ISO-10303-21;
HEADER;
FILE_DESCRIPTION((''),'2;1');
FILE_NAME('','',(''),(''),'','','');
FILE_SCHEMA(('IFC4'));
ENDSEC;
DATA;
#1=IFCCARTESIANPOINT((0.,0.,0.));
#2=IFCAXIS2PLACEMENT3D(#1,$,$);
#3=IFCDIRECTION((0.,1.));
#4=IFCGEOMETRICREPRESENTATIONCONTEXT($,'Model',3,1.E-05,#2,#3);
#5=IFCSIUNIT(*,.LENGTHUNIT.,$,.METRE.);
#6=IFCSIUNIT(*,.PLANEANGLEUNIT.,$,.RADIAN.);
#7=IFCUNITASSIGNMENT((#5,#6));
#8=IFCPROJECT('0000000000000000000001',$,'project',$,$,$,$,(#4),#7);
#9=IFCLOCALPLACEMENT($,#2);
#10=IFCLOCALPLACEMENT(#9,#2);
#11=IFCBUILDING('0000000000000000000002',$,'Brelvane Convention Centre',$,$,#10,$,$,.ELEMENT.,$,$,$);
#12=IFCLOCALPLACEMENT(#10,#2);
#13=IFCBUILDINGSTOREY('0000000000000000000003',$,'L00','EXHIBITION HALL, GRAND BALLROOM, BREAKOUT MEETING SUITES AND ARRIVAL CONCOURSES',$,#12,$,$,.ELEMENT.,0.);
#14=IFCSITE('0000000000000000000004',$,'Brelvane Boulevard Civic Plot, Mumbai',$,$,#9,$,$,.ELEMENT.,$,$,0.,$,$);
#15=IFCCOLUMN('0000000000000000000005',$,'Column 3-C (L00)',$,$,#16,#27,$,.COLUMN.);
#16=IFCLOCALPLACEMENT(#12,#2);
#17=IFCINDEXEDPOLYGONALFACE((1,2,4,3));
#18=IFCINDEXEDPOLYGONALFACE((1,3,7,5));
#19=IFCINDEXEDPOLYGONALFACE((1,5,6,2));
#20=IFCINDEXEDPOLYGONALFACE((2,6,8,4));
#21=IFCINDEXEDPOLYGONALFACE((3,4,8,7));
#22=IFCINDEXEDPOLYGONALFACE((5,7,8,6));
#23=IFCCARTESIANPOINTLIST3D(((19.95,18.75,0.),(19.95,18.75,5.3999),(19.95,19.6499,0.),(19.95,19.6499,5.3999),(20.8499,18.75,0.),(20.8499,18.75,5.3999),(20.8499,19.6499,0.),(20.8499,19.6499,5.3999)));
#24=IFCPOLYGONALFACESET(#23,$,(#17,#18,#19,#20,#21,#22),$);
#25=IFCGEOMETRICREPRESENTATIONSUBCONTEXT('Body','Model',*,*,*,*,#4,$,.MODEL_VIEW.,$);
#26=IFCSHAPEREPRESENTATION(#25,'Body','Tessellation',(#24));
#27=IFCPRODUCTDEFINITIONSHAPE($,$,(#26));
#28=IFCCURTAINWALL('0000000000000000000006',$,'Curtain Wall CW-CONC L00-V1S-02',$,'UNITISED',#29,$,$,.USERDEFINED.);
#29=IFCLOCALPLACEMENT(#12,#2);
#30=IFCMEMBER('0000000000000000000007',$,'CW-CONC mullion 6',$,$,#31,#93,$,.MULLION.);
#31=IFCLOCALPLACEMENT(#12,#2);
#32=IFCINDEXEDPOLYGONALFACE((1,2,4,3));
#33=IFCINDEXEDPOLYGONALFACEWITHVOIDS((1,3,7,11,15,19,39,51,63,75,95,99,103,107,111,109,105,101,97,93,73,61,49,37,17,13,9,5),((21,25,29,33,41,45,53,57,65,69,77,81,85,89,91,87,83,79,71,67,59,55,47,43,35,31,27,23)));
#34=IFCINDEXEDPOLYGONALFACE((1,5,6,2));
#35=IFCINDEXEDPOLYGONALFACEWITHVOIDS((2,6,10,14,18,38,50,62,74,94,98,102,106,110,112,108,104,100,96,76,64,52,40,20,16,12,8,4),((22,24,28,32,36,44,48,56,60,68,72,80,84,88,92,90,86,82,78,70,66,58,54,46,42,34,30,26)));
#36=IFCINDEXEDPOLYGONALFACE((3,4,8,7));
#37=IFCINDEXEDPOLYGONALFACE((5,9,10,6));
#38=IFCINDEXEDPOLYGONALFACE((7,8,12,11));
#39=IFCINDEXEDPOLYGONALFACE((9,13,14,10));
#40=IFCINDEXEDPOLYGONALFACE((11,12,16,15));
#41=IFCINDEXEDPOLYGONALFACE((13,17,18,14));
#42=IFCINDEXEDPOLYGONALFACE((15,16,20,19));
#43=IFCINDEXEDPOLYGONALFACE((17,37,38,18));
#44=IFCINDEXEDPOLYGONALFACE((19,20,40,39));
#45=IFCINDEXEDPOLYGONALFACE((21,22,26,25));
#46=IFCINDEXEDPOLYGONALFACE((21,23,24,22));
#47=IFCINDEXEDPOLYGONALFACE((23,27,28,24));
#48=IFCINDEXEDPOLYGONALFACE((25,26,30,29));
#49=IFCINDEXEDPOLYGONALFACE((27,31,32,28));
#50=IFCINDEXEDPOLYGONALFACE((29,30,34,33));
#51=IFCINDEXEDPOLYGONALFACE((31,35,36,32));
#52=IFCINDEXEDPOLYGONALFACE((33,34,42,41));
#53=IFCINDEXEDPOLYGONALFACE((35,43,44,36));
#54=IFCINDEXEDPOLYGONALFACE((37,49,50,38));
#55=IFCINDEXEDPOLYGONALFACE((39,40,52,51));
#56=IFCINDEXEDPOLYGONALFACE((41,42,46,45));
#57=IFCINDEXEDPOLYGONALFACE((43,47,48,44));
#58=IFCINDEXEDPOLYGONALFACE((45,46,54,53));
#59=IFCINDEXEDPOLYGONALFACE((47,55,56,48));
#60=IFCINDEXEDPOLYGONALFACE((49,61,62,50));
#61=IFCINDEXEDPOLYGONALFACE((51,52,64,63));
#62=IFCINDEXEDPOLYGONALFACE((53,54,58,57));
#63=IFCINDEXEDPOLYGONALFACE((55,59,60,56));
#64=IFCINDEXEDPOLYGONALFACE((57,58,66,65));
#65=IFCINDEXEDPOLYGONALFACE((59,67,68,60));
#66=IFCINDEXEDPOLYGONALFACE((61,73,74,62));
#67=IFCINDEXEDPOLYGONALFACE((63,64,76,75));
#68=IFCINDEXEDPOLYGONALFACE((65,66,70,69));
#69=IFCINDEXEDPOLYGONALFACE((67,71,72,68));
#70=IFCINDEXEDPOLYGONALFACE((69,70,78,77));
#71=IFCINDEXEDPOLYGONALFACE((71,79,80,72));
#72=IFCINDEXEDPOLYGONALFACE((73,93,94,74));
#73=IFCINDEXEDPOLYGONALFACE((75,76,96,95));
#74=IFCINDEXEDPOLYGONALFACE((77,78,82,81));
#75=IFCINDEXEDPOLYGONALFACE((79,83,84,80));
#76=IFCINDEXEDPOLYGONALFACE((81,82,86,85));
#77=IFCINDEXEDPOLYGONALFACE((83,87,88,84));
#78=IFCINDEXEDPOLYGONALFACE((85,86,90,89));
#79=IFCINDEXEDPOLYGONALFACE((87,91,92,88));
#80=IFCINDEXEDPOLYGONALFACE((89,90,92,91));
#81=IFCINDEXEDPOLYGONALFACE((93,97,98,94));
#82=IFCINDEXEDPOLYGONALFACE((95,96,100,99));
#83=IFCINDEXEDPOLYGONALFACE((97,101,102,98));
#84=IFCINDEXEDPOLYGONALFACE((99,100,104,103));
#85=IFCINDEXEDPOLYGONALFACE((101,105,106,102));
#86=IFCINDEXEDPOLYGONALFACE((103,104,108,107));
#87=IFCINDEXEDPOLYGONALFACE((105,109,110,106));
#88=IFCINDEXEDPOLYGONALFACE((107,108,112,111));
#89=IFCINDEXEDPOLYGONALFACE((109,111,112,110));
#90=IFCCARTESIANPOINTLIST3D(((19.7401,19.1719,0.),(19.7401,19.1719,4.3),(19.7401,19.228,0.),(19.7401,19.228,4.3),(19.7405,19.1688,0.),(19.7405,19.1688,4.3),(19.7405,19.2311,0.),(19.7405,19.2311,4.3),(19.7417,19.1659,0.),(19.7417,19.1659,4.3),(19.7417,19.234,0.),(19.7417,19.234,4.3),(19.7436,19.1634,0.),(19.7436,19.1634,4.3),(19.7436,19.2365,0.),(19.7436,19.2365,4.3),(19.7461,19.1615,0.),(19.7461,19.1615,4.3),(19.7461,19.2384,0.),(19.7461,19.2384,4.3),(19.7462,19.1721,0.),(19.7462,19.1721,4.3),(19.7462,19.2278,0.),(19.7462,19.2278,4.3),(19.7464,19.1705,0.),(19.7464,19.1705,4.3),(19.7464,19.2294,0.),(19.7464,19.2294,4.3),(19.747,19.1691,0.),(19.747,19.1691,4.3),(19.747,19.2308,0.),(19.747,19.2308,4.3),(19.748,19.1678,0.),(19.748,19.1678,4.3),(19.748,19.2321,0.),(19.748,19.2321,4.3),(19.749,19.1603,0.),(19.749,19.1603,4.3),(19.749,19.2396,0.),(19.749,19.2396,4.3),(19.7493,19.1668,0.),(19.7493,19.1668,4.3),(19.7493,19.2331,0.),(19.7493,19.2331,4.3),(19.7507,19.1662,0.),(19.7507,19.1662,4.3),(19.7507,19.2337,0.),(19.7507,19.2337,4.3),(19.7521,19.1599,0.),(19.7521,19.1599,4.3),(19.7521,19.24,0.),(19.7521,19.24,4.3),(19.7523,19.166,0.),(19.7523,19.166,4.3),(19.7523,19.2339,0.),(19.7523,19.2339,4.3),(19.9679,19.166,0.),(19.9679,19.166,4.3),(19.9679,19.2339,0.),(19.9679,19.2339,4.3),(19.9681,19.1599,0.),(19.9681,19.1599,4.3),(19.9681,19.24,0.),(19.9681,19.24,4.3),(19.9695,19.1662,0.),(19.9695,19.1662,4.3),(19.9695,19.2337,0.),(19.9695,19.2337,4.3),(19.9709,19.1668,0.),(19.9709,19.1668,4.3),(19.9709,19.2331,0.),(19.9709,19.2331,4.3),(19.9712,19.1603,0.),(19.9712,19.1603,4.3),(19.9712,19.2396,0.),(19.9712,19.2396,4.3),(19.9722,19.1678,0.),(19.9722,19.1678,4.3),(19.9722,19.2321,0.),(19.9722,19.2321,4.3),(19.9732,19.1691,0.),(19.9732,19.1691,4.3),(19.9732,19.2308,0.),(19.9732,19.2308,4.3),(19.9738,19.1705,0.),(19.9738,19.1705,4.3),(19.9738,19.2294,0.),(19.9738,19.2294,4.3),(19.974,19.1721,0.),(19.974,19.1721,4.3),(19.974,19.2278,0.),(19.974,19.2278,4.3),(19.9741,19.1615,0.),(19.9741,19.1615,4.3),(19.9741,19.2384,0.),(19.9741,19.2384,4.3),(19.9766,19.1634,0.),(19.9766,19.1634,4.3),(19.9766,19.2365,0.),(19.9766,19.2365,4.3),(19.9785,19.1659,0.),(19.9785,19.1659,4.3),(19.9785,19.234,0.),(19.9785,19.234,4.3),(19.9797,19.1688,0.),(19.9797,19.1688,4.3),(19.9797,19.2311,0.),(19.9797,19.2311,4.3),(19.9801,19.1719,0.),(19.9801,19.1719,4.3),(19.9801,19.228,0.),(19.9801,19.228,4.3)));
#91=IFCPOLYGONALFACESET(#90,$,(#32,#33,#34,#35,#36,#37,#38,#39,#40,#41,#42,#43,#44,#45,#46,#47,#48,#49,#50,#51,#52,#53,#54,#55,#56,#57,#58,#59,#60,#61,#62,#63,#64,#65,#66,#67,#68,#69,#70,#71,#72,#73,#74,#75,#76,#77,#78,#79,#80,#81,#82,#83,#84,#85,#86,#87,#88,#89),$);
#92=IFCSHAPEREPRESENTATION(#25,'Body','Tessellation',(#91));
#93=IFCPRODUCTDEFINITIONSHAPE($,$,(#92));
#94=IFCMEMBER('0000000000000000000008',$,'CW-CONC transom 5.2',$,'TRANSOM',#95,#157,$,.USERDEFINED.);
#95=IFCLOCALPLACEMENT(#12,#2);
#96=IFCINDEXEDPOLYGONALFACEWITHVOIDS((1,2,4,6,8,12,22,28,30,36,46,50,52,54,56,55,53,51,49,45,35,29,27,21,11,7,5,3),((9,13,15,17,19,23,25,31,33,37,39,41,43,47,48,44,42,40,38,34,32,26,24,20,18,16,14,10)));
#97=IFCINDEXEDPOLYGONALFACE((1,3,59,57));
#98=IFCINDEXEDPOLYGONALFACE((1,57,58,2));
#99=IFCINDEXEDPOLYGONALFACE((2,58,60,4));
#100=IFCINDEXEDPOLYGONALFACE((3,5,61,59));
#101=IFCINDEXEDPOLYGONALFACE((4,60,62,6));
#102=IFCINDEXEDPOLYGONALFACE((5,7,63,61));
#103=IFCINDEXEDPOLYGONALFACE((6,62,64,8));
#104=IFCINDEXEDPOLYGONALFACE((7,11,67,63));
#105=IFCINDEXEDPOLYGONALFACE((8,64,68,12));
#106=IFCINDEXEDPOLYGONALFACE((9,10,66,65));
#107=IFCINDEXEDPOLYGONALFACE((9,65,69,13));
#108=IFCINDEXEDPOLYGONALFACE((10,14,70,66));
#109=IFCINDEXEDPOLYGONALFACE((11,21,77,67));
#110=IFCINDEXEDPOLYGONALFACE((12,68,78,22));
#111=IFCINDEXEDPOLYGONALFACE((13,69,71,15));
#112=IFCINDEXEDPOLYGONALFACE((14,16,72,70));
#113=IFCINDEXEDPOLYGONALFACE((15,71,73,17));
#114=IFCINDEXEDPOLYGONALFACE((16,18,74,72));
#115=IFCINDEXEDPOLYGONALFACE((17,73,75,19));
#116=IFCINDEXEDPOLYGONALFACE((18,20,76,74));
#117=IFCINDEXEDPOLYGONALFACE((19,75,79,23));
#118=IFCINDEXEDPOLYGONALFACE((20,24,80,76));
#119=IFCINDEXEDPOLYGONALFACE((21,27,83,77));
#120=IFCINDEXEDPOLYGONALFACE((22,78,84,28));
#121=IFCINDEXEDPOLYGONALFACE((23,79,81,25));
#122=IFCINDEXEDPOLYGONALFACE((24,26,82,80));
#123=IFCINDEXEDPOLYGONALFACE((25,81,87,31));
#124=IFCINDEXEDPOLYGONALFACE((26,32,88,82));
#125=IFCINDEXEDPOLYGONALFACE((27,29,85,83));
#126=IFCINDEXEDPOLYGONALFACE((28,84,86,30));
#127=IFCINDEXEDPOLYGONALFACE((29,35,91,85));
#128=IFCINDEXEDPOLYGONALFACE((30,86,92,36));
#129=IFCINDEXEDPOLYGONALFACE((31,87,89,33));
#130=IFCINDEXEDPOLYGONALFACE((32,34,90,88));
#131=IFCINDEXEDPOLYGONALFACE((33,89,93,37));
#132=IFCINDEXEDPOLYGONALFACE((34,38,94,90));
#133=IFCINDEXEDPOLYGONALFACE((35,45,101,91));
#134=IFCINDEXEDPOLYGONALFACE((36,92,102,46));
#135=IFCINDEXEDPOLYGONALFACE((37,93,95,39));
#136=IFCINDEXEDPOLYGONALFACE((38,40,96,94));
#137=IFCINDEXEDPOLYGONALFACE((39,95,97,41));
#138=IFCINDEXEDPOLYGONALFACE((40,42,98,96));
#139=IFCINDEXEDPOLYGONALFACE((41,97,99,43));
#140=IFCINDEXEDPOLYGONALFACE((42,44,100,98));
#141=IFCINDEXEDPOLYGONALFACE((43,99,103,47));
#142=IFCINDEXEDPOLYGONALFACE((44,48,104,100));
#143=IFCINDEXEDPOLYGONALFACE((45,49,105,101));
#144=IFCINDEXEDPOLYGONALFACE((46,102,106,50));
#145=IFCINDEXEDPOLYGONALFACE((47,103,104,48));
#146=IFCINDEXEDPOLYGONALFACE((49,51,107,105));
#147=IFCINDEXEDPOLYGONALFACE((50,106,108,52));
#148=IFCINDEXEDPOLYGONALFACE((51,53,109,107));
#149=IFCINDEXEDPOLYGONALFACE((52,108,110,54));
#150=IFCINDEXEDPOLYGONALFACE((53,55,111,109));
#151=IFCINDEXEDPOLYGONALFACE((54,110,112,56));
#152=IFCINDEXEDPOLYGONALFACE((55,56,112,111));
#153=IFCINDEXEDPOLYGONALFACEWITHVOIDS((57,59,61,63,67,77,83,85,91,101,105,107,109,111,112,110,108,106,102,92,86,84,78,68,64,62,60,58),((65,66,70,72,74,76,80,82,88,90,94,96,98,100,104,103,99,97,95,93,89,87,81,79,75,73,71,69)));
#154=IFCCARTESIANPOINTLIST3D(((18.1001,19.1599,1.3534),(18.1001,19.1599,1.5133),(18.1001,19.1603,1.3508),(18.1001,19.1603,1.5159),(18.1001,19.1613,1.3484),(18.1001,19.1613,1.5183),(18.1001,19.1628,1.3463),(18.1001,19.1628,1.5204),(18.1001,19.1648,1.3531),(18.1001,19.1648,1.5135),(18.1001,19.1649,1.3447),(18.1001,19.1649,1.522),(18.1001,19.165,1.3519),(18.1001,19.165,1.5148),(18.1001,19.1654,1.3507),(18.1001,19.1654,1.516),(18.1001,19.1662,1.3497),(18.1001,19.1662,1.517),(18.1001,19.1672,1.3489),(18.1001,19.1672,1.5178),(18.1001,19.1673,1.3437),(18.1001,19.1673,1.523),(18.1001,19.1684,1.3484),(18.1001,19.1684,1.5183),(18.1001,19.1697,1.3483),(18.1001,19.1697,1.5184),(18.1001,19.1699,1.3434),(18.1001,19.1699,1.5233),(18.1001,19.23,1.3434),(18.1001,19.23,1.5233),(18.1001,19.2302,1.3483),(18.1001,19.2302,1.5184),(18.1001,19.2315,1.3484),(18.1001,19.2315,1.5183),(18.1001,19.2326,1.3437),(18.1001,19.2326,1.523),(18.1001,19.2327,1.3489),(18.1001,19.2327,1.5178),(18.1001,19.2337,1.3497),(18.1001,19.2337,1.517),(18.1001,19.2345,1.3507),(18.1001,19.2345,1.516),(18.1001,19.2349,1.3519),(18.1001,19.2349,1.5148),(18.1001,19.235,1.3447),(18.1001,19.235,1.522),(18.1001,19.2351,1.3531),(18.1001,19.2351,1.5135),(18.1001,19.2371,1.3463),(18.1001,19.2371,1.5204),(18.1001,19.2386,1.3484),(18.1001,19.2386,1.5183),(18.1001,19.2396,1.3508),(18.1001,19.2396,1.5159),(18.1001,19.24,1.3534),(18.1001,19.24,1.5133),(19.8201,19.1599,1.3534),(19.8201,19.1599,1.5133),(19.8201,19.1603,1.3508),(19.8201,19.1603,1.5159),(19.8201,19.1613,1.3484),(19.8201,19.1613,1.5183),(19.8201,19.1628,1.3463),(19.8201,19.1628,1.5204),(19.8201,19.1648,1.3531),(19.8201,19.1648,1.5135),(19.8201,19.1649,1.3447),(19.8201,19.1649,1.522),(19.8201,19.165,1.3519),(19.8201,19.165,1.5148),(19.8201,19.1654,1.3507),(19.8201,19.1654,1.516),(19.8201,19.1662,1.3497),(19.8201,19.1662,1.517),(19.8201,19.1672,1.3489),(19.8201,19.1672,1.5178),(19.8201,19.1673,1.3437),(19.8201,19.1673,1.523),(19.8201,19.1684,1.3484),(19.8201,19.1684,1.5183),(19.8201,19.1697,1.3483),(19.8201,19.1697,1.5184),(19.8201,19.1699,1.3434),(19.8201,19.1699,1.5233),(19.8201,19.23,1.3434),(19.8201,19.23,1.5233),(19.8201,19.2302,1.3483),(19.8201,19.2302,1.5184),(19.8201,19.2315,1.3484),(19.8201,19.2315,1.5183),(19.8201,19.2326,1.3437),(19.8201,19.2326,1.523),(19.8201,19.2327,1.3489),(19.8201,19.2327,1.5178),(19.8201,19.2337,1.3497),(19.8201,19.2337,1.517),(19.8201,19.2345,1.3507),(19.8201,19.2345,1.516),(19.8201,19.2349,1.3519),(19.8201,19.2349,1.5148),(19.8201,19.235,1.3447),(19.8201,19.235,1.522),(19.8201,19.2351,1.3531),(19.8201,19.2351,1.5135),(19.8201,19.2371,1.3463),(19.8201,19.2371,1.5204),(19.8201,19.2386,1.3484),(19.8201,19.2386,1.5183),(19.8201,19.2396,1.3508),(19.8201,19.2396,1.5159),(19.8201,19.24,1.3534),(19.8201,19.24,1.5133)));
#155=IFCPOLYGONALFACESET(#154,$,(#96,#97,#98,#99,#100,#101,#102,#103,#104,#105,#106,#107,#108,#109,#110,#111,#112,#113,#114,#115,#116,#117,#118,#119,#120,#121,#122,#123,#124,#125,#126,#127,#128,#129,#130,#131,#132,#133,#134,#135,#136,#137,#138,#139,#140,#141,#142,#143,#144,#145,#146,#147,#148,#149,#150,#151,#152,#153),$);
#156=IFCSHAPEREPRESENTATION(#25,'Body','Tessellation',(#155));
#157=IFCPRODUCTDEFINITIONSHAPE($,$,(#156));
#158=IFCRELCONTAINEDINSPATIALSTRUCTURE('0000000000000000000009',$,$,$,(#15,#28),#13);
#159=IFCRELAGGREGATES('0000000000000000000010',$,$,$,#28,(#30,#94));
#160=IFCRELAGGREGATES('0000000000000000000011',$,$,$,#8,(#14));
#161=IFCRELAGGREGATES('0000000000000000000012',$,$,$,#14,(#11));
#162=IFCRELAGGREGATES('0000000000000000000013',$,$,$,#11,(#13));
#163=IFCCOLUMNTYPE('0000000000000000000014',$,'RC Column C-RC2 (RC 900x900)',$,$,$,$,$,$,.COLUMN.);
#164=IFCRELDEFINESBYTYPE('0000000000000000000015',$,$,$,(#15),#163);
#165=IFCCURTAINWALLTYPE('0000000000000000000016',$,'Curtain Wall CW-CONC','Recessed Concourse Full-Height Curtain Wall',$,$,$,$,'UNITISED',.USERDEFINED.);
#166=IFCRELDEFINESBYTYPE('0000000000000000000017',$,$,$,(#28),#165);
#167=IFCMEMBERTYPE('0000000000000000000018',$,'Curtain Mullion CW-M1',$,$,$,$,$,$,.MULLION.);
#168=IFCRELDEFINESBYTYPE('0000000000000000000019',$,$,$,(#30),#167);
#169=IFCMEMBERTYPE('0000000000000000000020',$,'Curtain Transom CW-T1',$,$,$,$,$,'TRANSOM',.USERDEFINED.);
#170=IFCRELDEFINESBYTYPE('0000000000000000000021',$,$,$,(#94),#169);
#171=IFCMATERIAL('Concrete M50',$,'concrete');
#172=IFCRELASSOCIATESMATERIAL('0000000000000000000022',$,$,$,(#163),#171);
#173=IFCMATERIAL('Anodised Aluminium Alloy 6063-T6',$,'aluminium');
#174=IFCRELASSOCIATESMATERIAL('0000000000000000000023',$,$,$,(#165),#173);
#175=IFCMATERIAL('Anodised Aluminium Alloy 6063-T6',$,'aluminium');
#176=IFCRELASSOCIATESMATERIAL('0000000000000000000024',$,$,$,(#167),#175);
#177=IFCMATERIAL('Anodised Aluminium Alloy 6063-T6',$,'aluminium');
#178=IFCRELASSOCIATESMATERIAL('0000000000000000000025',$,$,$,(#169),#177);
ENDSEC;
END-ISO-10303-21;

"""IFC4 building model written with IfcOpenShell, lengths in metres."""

from ifc_helpers import new_model, si_unit, direction, frame, origin, origin_2d, place, context, subcontext, project, spatial, rectangle, hollow_rectangle, extrude, material, material_profile, profile_set, type_object, element, aggregate, save


model = new_model("IFC4")

# Units and contexts
model_context = context("Model", 3, precision=1e-05, world=origin(), true_north=direction((0.0, 1.0)))
body_context = subcontext(model_context, "Body", "Model", "MODEL_VIEW")
ifc_project = project(units=[si_unit("LENGTHUNIT", "METRE"), si_unit("PLANEANGLEUNIT", "RADIAN")], contexts=[model_context])

# Site, building, storey
site_placement = place(None, origin())
site = spatial("IfcSite", under=ifc_project, at=site_placement, Name="Brelvane Boulevard Civic Plot, Mumbai", CompositionType="ELEMENT", RefElevation=0.0)
building_placement = place(site_placement, origin())
building = spatial("IfcBuilding", under=site, at=building_placement, Name="Brelvane Convention Centre", CompositionType="ELEMENT")
storey_placement = place(building_placement, origin())
storey = spatial("IfcBuildingStorey", under=building, at=storey_placement, Name="L00", Description="EXHIBITION HALL, GRAND BALLROOM, BREAKOUT MEETING SUITES AND ARRIVAL CONCOURSES", CompositionType="ELEMENT", Elevation=0.0)

# Column
ifc_material_1 = material(Name="Concrete M50", Category="concrete")
ifc_material_profile_1 = material_profile(ifc_material_1, rectangle(XDim=0.8999, YDim=0.8999, at=origin_2d()), Name="RC 900x900")
ifc_profile_set_1 = profile_set([ifc_material_profile_1], Name="Concrete M50")
column_type = type_object("IfcColumnType", Name="RC Column C-RC2 (RC 900x900)", PredefinedType="COLUMN", material=ifc_profile_set_1)
column_placement = place(storey_placement, frame((20.3999, 19.2, 0.0), z_axis=(0.0, 0.0, 1.0), x_axis=(1.0, 0.0, 0.0)))
element("IfcColumn", 1, at=column_placement, inside=storey, type_object=column_type, Name="Column 3-C (L00)", PredefinedType="COLUMN", context=body_context, shape_type="SweptSolid", body=[
    extrude(rectangle(XDim=0.8999, YDim=0.8999, at=origin_2d()), origin(), (0.0, 0.0, 1.0), 5.3999),
])

# Curtain wall, members
ifc_material_2 = material(Name="Anodised Aluminium Alloy 6063-T6", Category="aluminium")
curtain_wall_type = type_object("IfcCurtainWallType", Name="Curtain Wall CW-CONC", Description="Recessed Concourse Full-Height Curtain Wall", ElementType="UNITISED", PredefinedType="USERDEFINED", material=ifc_material_2)
curtain_wall_placement = place(storey_placement, origin())
curtain_wall = element("IfcCurtainWall", 2, at=curtain_wall_placement, inside=storey, type_object=curtain_wall_type, Name="Curtain Wall CW-CONC L00-V1S-02", ObjectType="UNITISED", PredefinedType="USERDEFINED")
ifc_material_3 = material(Name="Anodised Aluminium Alloy 6063-T6", Category="aluminium")
ifc_material_profile_2 = material_profile(ifc_material_3, hollow_rectangle(XDim=0.0801, YDim=0.24, WallThickness=0.0061, InnerFilletRadius=0.0061, OuterFilletRadius=0.012, at=origin_2d()), Name="ALU-M 240x80x6.0")
ifc_profile_set_2 = profile_set([ifc_material_profile_2], Name="Anodised Aluminium Alloy 6063-T6")
member_type_1 = type_object("IfcMemberType", Name="Curtain Mullion CW-M1", PredefinedType="MULLION", material=ifc_profile_set_2)
member_1_placement = place(storey_placement, frame((19.8601, 19.2, 0.0), z_axis=(0.0, 0.0, 1.0), x_axis=(0.0, 1.0, 0.0)))
member_1 = element("IfcMember", 3, at=member_1_placement, type_object=member_type_1, Name="CW-CONC mullion 6", PredefinedType="MULLION", context=body_context, shape_type="SweptSolid", body=[
    extrude(hollow_rectangle(XDim=0.0801, YDim=0.24, WallThickness=0.0061, InnerFilletRadius=0.0061, OuterFilletRadius=0.012, at=origin_2d()), origin(), (0.0, 0.0, 1.0), 4.3),
])
ifc_material_4 = material(Name="Anodised Aluminium Alloy 6063-T6", Category="aluminium")
ifc_material_profile_3 = material_profile(ifc_material_4, hollow_rectangle(XDim=0.0801, YDim=0.1799, WallThickness=0.0049, InnerFilletRadius=0.0049, OuterFilletRadius=0.01, at=origin_2d()), Name="ALU-T 180x80x5.0")
ifc_profile_set_3 = profile_set([ifc_material_profile_3], Name="Anodised Aluminium Alloy 6063-T6")
member_type_2 = type_object("IfcMemberType", Name="Curtain Transom CW-T1", ElementType="TRANSOM", PredefinedType="USERDEFINED", material=ifc_profile_set_3)
member_2_placement = place(storey_placement, frame((18.1001, 19.2, 1.4333), z_axis=(1.0, 0.0, 0.0), x_axis=(0.0, 1.0, 0.0)))
member_2 = element("IfcMember", 4, at=member_2_placement, type_object=member_type_2, Name="CW-CONC transom 5.2", ObjectType="TRANSOM", PredefinedType="USERDEFINED", context=body_context, shape_type="SweptSolid", body=[
    extrude(hollow_rectangle(XDim=0.0801, YDim=0.1799, WallThickness=0.0049, InnerFilletRadius=0.0049, OuterFilletRadius=0.01, at=origin_2d()), origin(), (0.0, 0.0, 1.0), 1.72),
])

aggregate(curtain_wall, [member_1, member_2])

save(model, "model.ifc")
